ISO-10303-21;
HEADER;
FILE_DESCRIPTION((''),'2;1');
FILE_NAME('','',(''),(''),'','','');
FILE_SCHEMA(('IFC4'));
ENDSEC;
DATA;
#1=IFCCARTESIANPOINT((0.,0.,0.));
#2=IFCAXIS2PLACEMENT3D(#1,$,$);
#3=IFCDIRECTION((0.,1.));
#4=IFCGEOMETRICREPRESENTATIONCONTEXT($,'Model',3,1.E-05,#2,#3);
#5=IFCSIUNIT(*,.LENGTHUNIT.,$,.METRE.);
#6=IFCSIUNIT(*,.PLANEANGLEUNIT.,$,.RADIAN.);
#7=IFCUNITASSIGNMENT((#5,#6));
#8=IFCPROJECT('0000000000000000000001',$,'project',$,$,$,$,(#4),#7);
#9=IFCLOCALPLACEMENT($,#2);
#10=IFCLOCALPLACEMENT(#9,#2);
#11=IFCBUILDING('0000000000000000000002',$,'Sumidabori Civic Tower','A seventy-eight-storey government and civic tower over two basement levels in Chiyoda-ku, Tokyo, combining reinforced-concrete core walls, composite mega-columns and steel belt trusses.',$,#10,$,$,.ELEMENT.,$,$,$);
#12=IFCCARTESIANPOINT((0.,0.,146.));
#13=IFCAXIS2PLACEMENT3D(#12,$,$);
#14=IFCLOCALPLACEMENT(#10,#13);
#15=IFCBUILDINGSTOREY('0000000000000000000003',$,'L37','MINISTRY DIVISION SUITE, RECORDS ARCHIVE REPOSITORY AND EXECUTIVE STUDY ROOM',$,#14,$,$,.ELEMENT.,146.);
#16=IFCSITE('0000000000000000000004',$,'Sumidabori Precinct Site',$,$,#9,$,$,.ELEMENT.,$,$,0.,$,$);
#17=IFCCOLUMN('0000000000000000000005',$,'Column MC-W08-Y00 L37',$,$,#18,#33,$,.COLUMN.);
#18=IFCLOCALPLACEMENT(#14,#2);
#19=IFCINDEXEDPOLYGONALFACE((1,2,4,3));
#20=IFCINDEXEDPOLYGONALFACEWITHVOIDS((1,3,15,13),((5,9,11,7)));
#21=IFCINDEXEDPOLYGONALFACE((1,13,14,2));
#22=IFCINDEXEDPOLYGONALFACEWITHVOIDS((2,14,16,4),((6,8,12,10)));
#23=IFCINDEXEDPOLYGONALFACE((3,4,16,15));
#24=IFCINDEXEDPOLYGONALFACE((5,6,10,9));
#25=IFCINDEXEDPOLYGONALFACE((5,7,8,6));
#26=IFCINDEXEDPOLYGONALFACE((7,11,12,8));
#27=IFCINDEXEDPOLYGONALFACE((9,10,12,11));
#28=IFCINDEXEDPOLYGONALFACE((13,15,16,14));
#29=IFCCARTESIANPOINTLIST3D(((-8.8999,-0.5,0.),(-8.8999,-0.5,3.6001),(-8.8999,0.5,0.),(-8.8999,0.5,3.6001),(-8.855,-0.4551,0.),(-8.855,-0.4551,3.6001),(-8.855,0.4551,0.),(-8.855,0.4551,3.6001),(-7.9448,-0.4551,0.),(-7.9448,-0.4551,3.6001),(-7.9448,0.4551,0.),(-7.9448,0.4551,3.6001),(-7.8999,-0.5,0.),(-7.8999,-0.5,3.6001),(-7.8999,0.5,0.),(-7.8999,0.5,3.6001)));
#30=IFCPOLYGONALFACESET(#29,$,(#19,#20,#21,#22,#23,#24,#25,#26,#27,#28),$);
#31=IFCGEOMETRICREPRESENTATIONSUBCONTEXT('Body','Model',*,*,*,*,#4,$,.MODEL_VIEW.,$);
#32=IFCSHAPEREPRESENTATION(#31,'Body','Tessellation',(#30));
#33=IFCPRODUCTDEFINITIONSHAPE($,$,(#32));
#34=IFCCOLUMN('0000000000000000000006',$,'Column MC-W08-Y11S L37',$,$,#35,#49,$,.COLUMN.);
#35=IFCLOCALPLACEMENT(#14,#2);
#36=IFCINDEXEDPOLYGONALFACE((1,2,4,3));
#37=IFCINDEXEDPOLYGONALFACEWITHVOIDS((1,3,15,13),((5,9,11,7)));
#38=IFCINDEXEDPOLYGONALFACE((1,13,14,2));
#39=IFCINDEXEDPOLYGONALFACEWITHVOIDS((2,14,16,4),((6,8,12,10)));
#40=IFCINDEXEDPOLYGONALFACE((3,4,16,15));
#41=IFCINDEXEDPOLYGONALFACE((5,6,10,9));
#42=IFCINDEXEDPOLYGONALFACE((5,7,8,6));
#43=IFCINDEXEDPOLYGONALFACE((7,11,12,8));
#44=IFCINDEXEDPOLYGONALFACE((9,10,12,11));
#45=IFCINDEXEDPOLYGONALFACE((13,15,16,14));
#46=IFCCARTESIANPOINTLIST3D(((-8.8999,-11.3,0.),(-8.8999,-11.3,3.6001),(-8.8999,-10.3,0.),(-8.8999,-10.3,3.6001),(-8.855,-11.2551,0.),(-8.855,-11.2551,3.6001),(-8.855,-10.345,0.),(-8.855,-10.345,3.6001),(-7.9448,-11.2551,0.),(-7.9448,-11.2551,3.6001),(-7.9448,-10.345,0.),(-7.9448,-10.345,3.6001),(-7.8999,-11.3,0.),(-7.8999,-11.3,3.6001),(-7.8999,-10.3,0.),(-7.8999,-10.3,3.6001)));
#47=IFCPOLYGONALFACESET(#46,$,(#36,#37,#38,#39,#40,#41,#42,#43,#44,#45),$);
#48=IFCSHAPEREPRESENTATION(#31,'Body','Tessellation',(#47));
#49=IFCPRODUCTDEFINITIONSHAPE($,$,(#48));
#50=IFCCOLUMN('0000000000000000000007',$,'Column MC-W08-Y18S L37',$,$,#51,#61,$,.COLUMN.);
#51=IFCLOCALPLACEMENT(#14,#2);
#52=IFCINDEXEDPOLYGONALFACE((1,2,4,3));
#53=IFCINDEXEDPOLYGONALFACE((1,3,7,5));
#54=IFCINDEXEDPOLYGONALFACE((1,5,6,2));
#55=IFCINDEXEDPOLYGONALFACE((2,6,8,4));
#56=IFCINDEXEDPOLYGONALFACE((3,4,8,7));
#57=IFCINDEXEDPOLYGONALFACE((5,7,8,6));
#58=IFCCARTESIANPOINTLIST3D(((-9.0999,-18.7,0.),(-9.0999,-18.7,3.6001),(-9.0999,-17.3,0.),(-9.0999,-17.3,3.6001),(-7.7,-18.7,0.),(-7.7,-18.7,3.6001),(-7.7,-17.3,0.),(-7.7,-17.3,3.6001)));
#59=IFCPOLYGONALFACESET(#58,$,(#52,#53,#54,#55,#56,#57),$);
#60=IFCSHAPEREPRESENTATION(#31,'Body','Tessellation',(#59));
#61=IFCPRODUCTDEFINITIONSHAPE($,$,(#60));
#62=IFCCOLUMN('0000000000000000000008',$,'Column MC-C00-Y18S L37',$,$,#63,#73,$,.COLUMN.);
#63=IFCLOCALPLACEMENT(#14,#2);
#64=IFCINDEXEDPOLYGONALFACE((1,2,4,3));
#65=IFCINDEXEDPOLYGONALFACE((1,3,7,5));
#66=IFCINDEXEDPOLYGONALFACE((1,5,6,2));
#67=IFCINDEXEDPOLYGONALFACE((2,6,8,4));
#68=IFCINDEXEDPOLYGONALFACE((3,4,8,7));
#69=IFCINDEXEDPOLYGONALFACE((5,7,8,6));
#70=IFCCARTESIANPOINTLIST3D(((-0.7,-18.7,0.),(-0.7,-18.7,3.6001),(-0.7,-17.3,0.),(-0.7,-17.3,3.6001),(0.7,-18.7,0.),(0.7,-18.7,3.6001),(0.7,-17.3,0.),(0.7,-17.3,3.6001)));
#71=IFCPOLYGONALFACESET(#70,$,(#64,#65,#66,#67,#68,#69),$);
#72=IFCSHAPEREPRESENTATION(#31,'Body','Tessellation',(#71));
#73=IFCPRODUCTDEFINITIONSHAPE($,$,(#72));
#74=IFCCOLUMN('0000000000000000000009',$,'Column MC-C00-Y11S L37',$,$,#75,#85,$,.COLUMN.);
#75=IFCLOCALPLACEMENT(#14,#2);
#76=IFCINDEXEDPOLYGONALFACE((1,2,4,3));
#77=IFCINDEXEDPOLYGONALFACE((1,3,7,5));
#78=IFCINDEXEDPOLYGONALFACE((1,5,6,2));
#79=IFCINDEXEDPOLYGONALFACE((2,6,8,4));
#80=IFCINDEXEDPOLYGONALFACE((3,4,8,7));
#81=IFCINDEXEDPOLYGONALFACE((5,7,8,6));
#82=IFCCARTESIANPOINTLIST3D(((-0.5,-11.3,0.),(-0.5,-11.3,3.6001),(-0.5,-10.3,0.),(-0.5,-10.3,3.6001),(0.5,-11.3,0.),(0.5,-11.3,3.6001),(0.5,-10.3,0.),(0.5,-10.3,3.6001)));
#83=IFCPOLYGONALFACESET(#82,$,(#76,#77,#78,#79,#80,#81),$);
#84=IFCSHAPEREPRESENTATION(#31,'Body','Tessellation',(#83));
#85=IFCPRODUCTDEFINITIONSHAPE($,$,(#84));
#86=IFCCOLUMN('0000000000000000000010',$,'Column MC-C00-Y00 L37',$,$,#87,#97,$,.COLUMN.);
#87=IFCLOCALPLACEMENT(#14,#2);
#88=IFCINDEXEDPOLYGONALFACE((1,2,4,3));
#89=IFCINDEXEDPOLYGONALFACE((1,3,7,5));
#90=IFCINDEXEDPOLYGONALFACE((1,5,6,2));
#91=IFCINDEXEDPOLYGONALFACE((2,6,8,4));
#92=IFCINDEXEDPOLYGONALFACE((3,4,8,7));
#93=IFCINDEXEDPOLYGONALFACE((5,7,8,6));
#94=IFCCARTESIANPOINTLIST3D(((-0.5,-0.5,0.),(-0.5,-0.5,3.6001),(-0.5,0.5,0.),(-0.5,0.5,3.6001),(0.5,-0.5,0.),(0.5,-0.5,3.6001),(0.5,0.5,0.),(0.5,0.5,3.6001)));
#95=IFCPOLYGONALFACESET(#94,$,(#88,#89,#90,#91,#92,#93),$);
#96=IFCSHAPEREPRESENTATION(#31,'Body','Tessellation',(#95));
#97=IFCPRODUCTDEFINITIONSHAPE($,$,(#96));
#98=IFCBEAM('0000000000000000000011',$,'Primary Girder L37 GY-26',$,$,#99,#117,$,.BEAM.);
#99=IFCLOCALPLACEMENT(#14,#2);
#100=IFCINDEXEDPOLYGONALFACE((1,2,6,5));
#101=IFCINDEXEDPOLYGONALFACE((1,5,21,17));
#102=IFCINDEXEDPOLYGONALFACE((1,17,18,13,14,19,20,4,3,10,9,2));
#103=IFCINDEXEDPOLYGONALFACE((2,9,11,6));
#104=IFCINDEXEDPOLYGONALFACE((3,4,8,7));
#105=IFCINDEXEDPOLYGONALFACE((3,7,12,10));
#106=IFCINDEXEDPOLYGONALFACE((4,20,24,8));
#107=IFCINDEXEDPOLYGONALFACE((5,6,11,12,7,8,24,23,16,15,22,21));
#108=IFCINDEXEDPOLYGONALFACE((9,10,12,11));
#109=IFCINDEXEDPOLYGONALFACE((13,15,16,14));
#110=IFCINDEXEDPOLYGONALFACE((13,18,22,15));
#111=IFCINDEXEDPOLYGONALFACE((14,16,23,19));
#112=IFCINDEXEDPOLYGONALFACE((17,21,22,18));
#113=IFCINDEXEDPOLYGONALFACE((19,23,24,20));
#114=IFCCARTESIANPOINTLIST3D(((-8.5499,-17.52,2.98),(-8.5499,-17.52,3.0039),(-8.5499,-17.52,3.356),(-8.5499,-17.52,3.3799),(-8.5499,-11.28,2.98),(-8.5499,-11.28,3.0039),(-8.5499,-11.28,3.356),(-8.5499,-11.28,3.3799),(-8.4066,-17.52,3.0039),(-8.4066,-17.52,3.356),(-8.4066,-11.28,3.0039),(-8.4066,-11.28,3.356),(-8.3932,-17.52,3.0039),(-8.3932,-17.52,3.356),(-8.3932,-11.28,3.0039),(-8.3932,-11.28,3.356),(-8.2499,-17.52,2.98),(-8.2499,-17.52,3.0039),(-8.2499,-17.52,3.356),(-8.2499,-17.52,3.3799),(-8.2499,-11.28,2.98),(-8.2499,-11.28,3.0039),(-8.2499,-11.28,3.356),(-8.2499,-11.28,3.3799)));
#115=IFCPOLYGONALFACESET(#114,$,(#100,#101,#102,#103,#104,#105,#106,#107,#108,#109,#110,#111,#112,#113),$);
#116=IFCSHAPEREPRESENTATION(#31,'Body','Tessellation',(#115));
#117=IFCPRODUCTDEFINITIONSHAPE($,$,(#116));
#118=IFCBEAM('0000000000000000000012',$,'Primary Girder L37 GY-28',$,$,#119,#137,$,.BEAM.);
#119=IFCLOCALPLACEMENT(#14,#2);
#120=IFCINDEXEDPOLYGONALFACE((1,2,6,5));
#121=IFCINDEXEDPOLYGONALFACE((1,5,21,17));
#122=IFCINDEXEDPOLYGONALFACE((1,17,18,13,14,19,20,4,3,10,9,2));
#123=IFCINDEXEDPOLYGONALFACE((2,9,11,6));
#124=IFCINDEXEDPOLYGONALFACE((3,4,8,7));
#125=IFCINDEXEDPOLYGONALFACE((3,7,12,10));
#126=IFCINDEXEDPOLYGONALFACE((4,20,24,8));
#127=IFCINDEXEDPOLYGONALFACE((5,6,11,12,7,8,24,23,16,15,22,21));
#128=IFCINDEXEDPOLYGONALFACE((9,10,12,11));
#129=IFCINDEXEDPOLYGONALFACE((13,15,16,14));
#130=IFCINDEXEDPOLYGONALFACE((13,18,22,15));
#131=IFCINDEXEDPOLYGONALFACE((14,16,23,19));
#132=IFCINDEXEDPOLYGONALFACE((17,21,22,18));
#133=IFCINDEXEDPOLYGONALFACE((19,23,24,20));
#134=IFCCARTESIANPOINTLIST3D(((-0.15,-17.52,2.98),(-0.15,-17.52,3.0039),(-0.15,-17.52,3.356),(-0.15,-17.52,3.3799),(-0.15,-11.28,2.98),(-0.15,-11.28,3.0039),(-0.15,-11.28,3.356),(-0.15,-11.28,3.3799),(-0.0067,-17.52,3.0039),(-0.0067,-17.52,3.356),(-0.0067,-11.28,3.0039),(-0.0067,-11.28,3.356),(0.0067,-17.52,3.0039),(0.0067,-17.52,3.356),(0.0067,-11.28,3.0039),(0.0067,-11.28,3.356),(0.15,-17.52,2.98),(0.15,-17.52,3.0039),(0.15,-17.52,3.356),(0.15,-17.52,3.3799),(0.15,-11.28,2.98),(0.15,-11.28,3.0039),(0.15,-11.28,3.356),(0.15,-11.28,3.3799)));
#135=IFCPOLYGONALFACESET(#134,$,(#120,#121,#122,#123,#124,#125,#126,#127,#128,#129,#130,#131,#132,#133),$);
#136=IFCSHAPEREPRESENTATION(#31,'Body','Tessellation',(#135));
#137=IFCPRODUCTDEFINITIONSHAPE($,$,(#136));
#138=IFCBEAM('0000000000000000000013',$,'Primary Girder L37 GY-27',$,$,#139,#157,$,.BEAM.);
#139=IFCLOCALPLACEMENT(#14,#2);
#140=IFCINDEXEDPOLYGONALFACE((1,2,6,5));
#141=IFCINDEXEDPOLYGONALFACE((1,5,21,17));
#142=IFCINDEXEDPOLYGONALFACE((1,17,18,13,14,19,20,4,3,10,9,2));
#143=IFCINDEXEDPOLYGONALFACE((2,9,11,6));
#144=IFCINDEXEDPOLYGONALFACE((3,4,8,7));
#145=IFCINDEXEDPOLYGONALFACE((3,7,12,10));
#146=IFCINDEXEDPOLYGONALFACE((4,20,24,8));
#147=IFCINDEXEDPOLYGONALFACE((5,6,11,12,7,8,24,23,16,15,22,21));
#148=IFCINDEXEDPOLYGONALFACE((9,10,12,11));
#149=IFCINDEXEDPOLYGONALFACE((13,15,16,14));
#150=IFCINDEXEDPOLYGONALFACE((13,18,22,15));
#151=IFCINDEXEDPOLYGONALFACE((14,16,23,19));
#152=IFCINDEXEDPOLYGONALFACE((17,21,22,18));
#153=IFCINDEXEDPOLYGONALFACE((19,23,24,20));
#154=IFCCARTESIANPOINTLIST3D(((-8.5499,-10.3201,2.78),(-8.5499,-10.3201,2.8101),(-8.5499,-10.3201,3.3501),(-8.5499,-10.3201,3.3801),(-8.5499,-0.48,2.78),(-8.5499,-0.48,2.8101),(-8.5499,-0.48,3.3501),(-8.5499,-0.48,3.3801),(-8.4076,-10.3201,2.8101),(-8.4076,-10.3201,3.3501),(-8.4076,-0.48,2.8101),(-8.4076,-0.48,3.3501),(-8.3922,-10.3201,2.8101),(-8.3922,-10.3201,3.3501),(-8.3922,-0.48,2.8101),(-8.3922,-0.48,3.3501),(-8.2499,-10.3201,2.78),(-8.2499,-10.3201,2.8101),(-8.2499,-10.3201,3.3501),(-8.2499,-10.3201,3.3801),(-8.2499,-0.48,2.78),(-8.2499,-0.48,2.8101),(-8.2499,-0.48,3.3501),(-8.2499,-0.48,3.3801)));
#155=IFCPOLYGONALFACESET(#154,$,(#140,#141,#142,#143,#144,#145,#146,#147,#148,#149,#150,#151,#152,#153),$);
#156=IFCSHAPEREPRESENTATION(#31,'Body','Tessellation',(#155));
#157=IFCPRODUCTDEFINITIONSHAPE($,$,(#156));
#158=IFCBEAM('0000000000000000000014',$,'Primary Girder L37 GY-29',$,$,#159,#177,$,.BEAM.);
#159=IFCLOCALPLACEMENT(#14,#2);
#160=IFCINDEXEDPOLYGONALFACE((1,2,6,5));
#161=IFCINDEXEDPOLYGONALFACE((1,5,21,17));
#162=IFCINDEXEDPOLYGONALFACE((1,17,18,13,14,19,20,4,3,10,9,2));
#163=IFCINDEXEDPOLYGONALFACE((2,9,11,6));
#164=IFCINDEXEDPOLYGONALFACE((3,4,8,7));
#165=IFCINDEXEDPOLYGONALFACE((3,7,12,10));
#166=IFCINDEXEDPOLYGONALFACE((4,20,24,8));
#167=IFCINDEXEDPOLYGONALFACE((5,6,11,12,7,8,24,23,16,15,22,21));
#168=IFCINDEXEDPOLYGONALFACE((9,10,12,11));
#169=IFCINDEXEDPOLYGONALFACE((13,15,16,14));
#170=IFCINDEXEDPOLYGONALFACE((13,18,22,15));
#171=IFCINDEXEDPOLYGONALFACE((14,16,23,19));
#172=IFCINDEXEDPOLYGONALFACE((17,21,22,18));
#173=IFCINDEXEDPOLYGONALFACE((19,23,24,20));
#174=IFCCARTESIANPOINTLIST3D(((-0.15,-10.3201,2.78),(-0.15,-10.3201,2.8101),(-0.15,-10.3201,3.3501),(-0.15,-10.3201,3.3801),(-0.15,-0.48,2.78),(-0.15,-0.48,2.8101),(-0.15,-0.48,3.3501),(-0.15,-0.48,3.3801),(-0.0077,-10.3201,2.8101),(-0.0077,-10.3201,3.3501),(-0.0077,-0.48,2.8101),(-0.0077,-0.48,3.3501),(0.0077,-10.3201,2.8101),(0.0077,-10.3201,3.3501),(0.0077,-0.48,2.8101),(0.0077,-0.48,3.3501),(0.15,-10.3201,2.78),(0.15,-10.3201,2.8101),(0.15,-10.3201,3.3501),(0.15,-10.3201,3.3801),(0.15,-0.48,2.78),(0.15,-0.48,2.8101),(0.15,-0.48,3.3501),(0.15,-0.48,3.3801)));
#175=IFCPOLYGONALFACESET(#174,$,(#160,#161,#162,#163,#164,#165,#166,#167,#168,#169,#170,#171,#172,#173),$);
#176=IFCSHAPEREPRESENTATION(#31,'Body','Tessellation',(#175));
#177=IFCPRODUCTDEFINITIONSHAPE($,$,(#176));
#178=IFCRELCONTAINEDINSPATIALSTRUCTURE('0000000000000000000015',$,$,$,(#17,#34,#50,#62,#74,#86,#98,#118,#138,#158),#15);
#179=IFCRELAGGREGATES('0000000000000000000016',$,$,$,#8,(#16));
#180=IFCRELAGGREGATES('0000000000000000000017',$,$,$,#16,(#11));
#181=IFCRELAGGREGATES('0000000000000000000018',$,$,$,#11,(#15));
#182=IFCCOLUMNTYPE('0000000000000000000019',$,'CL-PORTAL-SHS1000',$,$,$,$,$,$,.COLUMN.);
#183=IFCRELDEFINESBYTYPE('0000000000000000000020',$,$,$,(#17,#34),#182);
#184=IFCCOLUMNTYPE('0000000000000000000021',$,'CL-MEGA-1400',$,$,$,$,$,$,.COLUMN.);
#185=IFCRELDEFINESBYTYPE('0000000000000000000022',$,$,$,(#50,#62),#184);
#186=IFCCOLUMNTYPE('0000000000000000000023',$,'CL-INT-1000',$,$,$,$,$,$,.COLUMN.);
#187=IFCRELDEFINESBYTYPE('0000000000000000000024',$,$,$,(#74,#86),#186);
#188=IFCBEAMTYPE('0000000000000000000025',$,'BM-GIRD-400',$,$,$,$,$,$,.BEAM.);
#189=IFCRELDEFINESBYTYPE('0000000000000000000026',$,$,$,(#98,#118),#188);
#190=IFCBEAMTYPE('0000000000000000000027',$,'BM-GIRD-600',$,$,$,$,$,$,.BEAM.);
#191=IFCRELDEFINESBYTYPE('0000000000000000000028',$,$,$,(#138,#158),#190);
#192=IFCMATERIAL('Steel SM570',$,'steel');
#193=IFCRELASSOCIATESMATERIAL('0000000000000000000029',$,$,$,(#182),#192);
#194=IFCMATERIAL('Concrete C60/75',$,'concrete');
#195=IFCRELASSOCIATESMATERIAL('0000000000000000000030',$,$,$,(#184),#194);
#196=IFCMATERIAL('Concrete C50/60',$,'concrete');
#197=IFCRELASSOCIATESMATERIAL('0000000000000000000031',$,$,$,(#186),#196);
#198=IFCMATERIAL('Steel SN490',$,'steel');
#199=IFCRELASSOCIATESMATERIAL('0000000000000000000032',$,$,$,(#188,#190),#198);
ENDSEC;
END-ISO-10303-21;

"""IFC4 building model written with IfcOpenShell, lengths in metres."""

from ifc_helpers import new_model, si_unit, direction, frame, origin, origin_2d, place, context, subcontext, project, spatial, rectangle, hollow_rectangle, i_section, extrude, source, transform, mapped, material, material_profile, profile_set, type_object, element, save


model = new_model("IFC4")

# Units and contexts
model_context = context("Model", 3, precision=1e-05, world=origin(), true_north=direction((0.0, 1.0)))
body_context = subcontext(model_context, "Body", "Model", "MODEL_VIEW")
ifc_project = project(units=[si_unit("LENGTHUNIT", "METRE"), si_unit("PLANEANGLEUNIT", "RADIAN")], contexts=[model_context])

# Site, building, storey
site_placement = place(None, origin())
site = spatial("IfcSite", under=ifc_project, at=site_placement, Name="Sumidabori Precinct Site", CompositionType="ELEMENT", RefElevation=0.0)
building_placement = place(site_placement, origin())
building = spatial("IfcBuilding", under=site, at=building_placement, Name="Sumidabori Civic Tower", Description="A seventy-eight-storey government and civic tower over two basement levels in Chiyoda-ku, Tokyo, combining reinforced-concrete core walls, composite mega-columns and steel belt trusses.", CompositionType="ELEMENT")
storey_placement = place(building_placement, frame((0.0, 0.0, 146.0)))
storey = spatial("IfcBuildingStorey", under=building, at=storey_placement, Name="L37", Description="MINISTRY DIVISION SUITE, RECORDS ARCHIVE REPOSITORY AND EXECUTIVE STUDY ROOM", CompositionType="ELEMENT", Elevation=146.0)

# Columns
ifc_material_1 = material(Name="Steel SM570", Category="steel")
ifc_material_profile_1 = material_profile(ifc_material_1, hollow_rectangle(XDim=1.0, YDim=1.0, WallThickness=0.0449, at=origin_2d()), Name="SHS 1000x1000x45")
ifc_profile_set_1 = profile_set([ifc_material_profile_1], Name="Steel SM570")
column_type_1 = type_object("IfcColumnType", Name="CL-PORTAL-SHS1000", PredefinedType="COLUMN", material=ifc_profile_set_1)
shared_shape_1 = source(origin(), body_context, "Body", "SweptSolid", [
    extrude(hollow_rectangle(XDim=1.0, YDim=1.0, WallThickness=0.0449, at=origin_2d()), origin(), (0.0, 0.0, 1.0), 3.6001),
])
for number, where, z_axis, x_axis, name in (
    (1, (-8.3999, 0.0, 0.0), (0.0, 0.0, 1.0), (1.0, 0.0, 0.0), "Column MC-W08-Y00 L37"),
    (2, (-8.3999, -10.8, 0.0), (0.0, 0.0, 1.0), (1.0, 0.0, 0.0), "Column MC-W08-Y11S L37"),
):
    element("IfcColumn", number, at=place(storey_placement, frame(where, z_axis=z_axis, x_axis=x_axis)), inside=storey, type_object=column_type_1, Name=name, PredefinedType="COLUMN", context=body_context, shape_type="MappedRepresentation", body=[
        mapped(shared_shape_1, transform((0.0, 0.0, 0.0), x_axis=(1.0, 0.0, 0.0), y_axis=(0.0, 1.0, 0.0), z_axis=(0.0, 0.0, 1.0), scale=1.0)),
    ])
ifc_material_2 = material(Name="Concrete C60/75", Category="concrete")
ifc_material_profile_2 = material_profile(ifc_material_2, rectangle(XDim=1.3999, YDim=1.3999, at=origin_2d()), Name="RC 1400x1400")
ifc_profile_set_2 = profile_set([ifc_material_profile_2], Name="Concrete C60/75")
column_type_2 = type_object("IfcColumnType", Name="CL-MEGA-1400", PredefinedType="COLUMN", material=ifc_profile_set_2)
shared_shape_2 = source(origin(), body_context, "Body", "SweptSolid", [
    extrude(rectangle(XDim=1.3999, YDim=1.3999, at=origin_2d()), origin(), (0.0, 0.0, 1.0), 3.6001),
])
for number, where, z_axis, x_axis, name in (
    (3, (-8.3999, -18.0, 0.0), (0.0, 0.0, 1.0), (1.0, 0.0, 0.0), "Column MC-W08-Y18S L37"),
    (4, (0.0, -18.0, 0.0), (0.0, 0.0, 1.0), (1.0, 0.0, 0.0), "Column MC-C00-Y18S L37"),
):
    element("IfcColumn", number, at=place(storey_placement, frame(where, z_axis=z_axis, x_axis=x_axis)), inside=storey, type_object=column_type_2, Name=name, PredefinedType="COLUMN", context=body_context, shape_type="MappedRepresentation", body=[
        mapped(shared_shape_2, transform((0.0, 0.0, 0.0), x_axis=(1.0, 0.0, 0.0), y_axis=(0.0, 1.0, 0.0), z_axis=(0.0, 0.0, 1.0), scale=1.0)),
    ])
ifc_material_3 = material(Name="Concrete C50/60", Category="concrete")
ifc_material_profile_3 = material_profile(ifc_material_3, rectangle(XDim=1.0, YDim=1.0, at=origin_2d()), Name="RC 1000x1000")
ifc_profile_set_3 = profile_set([ifc_material_profile_3], Name="Concrete C50/60")
column_type_3 = type_object("IfcColumnType", Name="CL-INT-1000", PredefinedType="COLUMN", material=ifc_profile_set_3)
shared_shape_3 = source(origin(), body_context, "Body", "SweptSolid", [
    extrude(rectangle(XDim=1.0, YDim=1.0, at=origin_2d()), origin(), (0.0, 0.0, 1.0), 3.6001),
])
for number, where, z_axis, x_axis, name in (
    (5, (0.0, -10.8, 0.0), (0.0, 0.0, 1.0), (1.0, 0.0, 0.0), "Column MC-C00-Y11S L37"),
    (6, (0.0, 0.0, 0.0), (0.0, 0.0, 1.0), (1.0, 0.0, 0.0), "Column MC-C00-Y00 L37"),
):
    element("IfcColumn", number, at=place(storey_placement, frame(where, z_axis=z_axis, x_axis=x_axis)), inside=storey, type_object=column_type_3, Name=name, PredefinedType="COLUMN", context=body_context, shape_type="MappedRepresentation", body=[
        mapped(shared_shape_3, transform((0.0, 0.0, 0.0), x_axis=(1.0, 0.0, 0.0), y_axis=(0.0, 1.0, 0.0), z_axis=(0.0, 0.0, 1.0), scale=1.0)),
    ])

# Beams
ifc_material_4 = material(Name="Steel SN490", Category="steel")
ifc_material_profile_4 = material_profile(ifc_material_4, i_section(OverallWidth=0.3, OverallDepth=0.3999, WebThickness=0.0134, FlangeThickness=0.0239, at=origin_2d()), Name="HE 400 B")
ifc_profile_set_4 = profile_set([ifc_material_profile_4], Name="Steel SN490")
beam_type_1 = type_object("IfcBeamType", Name="BM-GIRD-400", PredefinedType="BEAM", material=ifc_profile_set_4)
shared_shape_4 = source(origin(), body_context, "Body", "SweptSolid", [
    extrude(i_section(OverallWidth=0.3, OverallDepth=0.3999, WebThickness=0.0134, FlangeThickness=0.0239, at=origin_2d()), origin(), (0.0, 0.0, 1.0), 6.24),
])
for number, where, z_axis, x_axis, name in (
    (7, (-8.3999, -17.52, 3.1799), (0.0, 1.0, 0.0), (-1.0, 0.0, 0.0), "Primary Girder L37 GY-26"),
    (8, (0.0, -17.52, 3.1799), (0.0, 1.0, 0.0), (-1.0, 0.0, 0.0), "Primary Girder L37 GY-28"),
):
    element("IfcBeam", number, at=place(storey_placement, frame(where, z_axis=z_axis, x_axis=x_axis)), inside=storey, type_object=beam_type_1, Name=name, PredefinedType="BEAM", context=body_context, shape_type="MappedRepresentation", body=[
        mapped(shared_shape_4, transform((0.0, 0.0, 0.0), x_axis=(1.0, 0.0, 0.0), y_axis=(0.0, 1.0, 0.0), z_axis=(0.0, 0.0, 1.0), scale=1.0)),
    ])
ifc_material_profile_5 = material_profile(ifc_material_4, i_section(OverallWidth=0.3, OverallDepth=0.6001, WebThickness=0.0154, FlangeThickness=0.03, at=origin_2d()), Name="HE 600 B")
ifc_profile_set_5 = profile_set([ifc_material_profile_5], Name="Steel SN490")
beam_type_2 = type_object("IfcBeamType", Name="BM-GIRD-600", PredefinedType="BEAM", material=ifc_profile_set_5)
shared_shape_5 = source(origin(), body_context, "Body", "SweptSolid", [
    extrude(i_section(OverallWidth=0.3, OverallDepth=0.6001, WebThickness=0.0154, FlangeThickness=0.03, at=origin_2d()), origin(), (0.0, 0.0, 1.0), 9.8401),
])
for number, where, z_axis, x_axis, name in (
    (9, (-8.3999, -10.3201, 3.0801), (0.0, 1.0, 0.0), (-1.0, 0.0, 0.0), "Primary Girder L37 GY-27"),
    (10, (0.0, -10.3201, 3.0801), (0.0, 1.0, 0.0), (-1.0, 0.0, 0.0), "Primary Girder L37 GY-29"),
):
    element("IfcBeam", number, at=place(storey_placement, frame(where, z_axis=z_axis, x_axis=x_axis)), inside=storey, type_object=beam_type_2, Name=name, PredefinedType="BEAM", context=body_context, shape_type="MappedRepresentation", body=[
        mapped(shared_shape_5, transform((0.0, 0.0, 0.0), x_axis=(1.0, 0.0, 0.0), y_axis=(0.0, 1.0, 0.0), z_axis=(0.0, 0.0, 1.0), scale=1.0)),
    ])

save(model, "model.ifc")
